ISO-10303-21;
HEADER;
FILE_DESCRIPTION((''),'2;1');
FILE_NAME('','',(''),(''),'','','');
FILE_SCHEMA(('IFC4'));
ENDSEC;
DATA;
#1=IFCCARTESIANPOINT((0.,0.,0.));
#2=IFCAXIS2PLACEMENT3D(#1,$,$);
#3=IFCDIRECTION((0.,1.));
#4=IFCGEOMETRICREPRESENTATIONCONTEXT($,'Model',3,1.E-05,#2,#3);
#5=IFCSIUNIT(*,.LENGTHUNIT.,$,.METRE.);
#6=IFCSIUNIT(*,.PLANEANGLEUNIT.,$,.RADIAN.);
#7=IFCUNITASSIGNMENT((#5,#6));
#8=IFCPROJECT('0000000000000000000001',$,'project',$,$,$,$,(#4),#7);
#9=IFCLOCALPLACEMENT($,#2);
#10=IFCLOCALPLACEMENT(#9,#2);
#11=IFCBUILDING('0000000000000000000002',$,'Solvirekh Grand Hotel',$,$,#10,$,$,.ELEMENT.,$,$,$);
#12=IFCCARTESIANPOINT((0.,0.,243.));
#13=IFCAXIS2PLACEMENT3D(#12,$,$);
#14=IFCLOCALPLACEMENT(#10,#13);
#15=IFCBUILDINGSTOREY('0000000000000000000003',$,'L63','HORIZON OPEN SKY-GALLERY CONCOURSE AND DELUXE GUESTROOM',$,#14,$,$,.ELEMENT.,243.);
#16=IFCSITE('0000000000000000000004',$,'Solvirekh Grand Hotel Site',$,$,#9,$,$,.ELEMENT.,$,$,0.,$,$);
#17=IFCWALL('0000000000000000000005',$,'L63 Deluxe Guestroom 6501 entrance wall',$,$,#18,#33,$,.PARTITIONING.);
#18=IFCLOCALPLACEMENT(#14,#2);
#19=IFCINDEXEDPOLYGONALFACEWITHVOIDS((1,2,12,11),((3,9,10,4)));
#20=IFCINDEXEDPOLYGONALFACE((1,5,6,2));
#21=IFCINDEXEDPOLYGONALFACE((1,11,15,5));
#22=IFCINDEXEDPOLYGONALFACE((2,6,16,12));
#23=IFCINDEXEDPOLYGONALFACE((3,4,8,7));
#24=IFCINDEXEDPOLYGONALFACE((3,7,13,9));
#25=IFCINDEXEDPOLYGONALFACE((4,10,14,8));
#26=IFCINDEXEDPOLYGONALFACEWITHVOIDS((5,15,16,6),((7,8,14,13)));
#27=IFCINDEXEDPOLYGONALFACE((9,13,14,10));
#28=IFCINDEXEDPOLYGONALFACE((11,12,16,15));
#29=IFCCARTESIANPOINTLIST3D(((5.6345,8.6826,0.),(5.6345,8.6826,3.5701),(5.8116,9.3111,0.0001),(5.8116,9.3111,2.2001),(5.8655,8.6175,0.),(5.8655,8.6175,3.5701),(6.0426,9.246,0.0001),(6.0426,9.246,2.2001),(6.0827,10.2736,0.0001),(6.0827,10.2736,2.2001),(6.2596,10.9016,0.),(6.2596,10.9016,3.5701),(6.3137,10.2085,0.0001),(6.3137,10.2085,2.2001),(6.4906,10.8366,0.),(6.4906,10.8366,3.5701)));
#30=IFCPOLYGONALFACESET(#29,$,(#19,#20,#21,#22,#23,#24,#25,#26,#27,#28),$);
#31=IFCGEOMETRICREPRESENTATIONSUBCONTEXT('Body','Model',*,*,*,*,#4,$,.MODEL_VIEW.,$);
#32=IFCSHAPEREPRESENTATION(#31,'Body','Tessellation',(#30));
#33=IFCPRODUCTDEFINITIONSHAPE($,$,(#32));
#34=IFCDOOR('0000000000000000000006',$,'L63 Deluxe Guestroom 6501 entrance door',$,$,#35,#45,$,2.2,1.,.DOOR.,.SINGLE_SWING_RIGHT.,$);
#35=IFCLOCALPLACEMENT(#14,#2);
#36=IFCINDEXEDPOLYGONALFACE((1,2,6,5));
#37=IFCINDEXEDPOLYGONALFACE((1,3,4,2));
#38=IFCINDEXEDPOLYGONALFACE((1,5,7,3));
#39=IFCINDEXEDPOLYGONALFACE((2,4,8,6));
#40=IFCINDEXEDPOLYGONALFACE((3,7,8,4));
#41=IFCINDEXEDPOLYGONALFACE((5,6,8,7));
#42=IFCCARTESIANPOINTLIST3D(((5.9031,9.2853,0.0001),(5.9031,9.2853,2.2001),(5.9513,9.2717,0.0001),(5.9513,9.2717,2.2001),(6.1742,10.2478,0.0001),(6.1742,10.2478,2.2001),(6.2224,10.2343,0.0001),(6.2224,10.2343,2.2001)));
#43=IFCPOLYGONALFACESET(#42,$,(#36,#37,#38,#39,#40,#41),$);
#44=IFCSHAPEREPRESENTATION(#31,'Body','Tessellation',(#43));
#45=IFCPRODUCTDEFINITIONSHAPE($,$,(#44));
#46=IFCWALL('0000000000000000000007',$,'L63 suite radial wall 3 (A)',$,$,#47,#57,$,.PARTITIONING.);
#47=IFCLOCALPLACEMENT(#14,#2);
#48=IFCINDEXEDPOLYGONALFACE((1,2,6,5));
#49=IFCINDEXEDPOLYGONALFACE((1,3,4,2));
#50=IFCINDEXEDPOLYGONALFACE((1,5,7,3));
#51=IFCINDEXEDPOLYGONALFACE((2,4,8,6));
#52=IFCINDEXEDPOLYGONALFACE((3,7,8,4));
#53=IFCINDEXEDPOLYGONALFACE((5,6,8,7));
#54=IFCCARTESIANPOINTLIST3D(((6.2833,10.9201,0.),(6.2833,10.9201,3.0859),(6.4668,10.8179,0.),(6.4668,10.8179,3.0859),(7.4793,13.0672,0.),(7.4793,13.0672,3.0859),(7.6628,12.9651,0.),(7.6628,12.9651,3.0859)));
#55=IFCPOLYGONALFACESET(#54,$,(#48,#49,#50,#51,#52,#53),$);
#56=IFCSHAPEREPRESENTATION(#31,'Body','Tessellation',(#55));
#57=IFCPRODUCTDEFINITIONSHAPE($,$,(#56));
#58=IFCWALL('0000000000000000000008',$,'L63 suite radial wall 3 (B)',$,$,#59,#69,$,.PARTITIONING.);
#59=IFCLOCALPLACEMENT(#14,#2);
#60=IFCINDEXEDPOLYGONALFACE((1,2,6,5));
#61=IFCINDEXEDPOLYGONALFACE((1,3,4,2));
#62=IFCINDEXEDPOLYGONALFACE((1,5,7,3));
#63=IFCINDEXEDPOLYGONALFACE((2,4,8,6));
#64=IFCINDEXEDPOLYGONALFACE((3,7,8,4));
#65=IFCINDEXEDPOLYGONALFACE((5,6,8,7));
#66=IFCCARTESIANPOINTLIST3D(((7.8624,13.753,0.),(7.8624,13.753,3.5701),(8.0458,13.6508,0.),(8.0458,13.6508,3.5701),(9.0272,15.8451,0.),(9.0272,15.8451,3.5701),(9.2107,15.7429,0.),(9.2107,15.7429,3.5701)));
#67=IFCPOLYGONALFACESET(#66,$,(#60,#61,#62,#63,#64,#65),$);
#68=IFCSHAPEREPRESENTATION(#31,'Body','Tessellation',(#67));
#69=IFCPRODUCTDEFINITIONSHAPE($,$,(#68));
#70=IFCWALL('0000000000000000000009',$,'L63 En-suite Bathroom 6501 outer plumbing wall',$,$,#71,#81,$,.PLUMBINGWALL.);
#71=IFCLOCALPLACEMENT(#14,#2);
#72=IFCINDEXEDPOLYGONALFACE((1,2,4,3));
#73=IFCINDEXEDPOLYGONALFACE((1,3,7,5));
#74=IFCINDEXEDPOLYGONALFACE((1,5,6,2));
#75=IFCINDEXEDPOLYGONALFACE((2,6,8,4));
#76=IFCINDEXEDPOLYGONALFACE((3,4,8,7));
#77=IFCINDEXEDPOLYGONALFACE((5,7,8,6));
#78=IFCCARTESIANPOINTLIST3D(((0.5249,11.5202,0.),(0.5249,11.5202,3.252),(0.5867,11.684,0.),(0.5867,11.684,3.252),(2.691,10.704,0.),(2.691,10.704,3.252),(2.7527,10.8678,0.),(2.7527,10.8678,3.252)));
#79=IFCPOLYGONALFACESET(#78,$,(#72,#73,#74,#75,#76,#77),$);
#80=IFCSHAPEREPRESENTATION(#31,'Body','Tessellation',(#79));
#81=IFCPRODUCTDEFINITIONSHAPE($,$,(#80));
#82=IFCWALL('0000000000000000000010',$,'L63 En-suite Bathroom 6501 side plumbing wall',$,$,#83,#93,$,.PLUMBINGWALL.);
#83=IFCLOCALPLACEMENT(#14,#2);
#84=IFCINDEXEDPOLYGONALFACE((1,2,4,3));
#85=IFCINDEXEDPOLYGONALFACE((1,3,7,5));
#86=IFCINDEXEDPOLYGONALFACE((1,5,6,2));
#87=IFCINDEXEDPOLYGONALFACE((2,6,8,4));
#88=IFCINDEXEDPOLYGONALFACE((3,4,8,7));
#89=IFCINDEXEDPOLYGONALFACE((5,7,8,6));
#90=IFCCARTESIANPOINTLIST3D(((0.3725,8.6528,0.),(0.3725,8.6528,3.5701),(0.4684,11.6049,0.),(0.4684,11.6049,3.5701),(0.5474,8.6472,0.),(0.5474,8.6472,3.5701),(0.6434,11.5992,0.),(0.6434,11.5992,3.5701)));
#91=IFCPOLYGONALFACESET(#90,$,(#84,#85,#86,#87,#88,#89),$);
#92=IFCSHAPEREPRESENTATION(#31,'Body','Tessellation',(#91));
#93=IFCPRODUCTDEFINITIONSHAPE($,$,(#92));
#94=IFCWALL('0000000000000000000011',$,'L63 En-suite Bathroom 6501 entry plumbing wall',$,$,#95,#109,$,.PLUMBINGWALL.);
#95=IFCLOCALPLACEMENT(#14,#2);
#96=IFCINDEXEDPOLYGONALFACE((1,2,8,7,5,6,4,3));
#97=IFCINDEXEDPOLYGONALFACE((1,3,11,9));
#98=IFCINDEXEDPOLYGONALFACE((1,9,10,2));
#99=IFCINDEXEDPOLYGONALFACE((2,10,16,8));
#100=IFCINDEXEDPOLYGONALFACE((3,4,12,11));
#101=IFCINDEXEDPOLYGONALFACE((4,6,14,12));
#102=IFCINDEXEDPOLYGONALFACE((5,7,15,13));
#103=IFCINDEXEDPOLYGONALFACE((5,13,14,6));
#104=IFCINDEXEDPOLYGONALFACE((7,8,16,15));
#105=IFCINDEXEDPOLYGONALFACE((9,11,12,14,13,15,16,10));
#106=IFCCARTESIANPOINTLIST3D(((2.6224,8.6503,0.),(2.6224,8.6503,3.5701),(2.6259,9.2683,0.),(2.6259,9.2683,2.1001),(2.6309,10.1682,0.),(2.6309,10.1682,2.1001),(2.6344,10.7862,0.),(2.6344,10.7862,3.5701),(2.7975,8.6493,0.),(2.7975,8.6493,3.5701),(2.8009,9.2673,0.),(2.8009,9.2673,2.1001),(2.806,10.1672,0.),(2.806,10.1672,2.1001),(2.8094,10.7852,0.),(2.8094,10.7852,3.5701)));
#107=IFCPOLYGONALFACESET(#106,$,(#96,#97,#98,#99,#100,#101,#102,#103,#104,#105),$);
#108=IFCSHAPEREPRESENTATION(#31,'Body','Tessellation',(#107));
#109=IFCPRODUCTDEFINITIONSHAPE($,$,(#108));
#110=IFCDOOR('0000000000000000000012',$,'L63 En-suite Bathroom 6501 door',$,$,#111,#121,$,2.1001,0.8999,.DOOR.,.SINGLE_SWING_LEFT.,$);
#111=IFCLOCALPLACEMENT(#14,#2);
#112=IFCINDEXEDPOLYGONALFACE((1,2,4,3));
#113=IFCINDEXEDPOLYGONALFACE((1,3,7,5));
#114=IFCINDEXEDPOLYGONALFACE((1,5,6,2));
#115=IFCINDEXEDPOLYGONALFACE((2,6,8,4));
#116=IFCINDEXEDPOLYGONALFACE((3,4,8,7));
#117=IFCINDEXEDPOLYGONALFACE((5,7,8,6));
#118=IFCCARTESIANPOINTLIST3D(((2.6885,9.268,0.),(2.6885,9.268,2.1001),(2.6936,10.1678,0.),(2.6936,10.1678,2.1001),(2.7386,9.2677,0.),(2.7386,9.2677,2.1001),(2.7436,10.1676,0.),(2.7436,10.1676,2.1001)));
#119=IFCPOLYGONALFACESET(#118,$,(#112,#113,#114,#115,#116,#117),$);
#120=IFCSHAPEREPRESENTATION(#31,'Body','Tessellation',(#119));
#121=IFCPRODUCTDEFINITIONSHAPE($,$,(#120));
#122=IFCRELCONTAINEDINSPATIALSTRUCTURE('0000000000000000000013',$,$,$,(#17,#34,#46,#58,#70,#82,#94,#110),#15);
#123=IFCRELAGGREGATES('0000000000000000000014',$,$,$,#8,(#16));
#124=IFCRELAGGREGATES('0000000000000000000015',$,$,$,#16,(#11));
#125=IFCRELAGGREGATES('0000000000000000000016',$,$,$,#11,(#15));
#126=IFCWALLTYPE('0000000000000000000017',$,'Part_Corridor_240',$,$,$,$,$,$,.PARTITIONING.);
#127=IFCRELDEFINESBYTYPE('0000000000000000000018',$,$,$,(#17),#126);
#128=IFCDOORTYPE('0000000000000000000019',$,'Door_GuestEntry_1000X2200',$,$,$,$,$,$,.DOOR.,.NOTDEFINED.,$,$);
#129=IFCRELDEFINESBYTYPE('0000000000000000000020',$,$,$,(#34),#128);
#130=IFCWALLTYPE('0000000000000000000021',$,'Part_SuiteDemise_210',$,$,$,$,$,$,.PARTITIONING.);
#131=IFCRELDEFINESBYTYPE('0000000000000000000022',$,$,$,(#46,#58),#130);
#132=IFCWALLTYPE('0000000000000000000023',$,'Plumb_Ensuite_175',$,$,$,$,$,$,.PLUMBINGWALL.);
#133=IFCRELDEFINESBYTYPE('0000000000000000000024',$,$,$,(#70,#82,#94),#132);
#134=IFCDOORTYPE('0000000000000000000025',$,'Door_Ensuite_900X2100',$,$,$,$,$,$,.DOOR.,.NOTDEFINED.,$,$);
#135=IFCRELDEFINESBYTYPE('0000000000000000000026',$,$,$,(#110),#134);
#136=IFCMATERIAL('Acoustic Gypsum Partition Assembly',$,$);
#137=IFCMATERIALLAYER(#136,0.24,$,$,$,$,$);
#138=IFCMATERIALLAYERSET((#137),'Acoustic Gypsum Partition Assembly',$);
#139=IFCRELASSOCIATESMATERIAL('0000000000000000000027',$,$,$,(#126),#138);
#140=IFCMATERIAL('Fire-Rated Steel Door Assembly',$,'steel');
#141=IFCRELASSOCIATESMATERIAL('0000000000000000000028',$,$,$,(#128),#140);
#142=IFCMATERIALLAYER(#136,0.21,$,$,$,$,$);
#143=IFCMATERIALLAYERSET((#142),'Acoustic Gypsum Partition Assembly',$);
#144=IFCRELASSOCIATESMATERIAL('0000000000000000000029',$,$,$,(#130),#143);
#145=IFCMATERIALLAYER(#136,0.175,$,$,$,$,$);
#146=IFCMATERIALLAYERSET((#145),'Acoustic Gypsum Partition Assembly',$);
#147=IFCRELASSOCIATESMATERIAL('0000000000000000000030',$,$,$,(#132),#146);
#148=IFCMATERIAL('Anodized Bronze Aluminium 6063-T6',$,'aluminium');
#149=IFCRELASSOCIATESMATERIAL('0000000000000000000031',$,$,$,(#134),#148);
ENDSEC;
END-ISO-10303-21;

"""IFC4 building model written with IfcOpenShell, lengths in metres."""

from ifc_helpers import new_model, si_unit, direction, frame, frame_2d, origin, place, context, subcontext, project, spatial, rectangle, extrude, material, layer, layer_set, type_object, element, fill, save


model = new_model("IFC4")

# Units and contexts
model_context = context("Model", 3, precision=1e-05, world=origin(), true_north=direction((0.0, 1.0)))
body_context = subcontext(model_context, "Body", "Model", "MODEL_VIEW")
ifc_project = project(units=[si_unit("LENGTHUNIT", "METRE"), si_unit("PLANEANGLEUNIT", "RADIAN")], contexts=[model_context])

# Site, building, storey
site_placement = place(None, origin())
site = spatial("IfcSite", under=ifc_project, at=site_placement, Name="Solvirekh Grand Hotel Site", CompositionType="ELEMENT", RefElevation=0.0)
building_placement = place(site_placement, origin())
building = spatial("IfcBuilding", under=site, at=building_placement, Name="Solvirekh Grand Hotel", CompositionType="ELEMENT")
storey_placement = place(building_placement, frame((0.0, 0.0, 243.0)))
storey = spatial("IfcBuildingStorey", under=building, at=storey_placement, Name="L63", Description="HORIZON OPEN SKY-GALLERY CONCOURSE AND DELUXE GUESTROOM", CompositionType="ELEMENT", Elevation=243.0)

# Shared definitions
ifc_material_1 = material(Name="Anodized Bronze Aluminium 6063-T6", Category="aluminium")

# Shared definitions
ifc_material_2 = material(Name="Acoustic Gypsum Partition Assembly")
ifc_layer_1 = layer(ifc_material_2, 0.24)
ifc_layer_set_1 = layer_set([ifc_layer_1], Name="Acoustic Gypsum Partition Assembly")
wall_type_1 = type_object("IfcWallType", Name="Part_Corridor_240", PredefinedType="PARTITIONING", material=ifc_layer_set_1)

# Wall, opening, door
wall_1_placement = place(storey_placement, frame((5.75, 8.6499, 0.0), z_axis=(0.0, 0.0, 1.0), x_axis=(0.271111, 0.962548, 0.0)))
wall_1 = element("IfcWall", 1, at=wall_1_placement, inside=storey, type_object=wall_type_1, Name="L63 Deluxe Guestroom 6501 entrance wall", PredefinedType="PARTITIONING", context=body_context, shape_type="SweptSolid", body=[
    extrude(rectangle(XDim=2.3054, YDim=0.24, at=frame_2d((1.1528, 0.0))), origin(), (0.0, 0.0, 1.0), 3.5701),
])
opening_1_placement = place(wall_1_placement, frame((0.6531, 0.0, 0.0)))
opening_1 = element("IfcOpeningElement", 2, at=opening_1_placement, cuts=wall_1, PredefinedType="OPENING", context=body_context, shape_type="SweptSolid", body=[
    extrude(rectangle(XDim=1.0, YDim=2.2, at=frame_2d((0.5, 1.1001))), frame((0.0, 0.1299, 0.0), z_axis=(0.0, -1.0, 0.0), x_axis=(1.0, 0.0, 0.0)), (0.0, 0.0, 1.0), 0.26),
])
ifc_material_3 = material(Name="Fire-Rated Steel Door Assembly", Category="steel")
door_type_1 = type_object("IfcDoorType", Name="Door_GuestEntry_1000X2200", OperationType="NOTDEFINED", PredefinedType="DOOR", material=ifc_material_3)
door_1_placement = place(opening_1_placement, origin())
door_1 = element("IfcDoor", 3, at=door_1_placement, inside=storey, type_object=door_type_1, Name="L63 Deluxe Guestroom 6501 entrance door", OperationType="SINGLE_SWING_RIGHT", OverallHeight=2.2, OverallWidth=1.0, PredefinedType="DOOR", context=body_context, shape_type="SweptSolid", body=[
    extrude(rectangle(XDim=1.0, YDim=2.2, at=frame_2d((0.5, 1.1001))), frame((0.0, 0.0249, 0.0), z_axis=(0.0, -1.0, 0.0), x_axis=(1.0, 0.0, 0.0)), (0.0, 0.0, 1.0), 0.05),
])
fill(opening_1, door_1)

# Walls
ifc_layer_2 = layer(ifc_material_2, 0.21)
ifc_layer_set_2 = layer_set([ifc_layer_2], Name="Acoustic Gypsum Partition Assembly")
wall_type_2 = type_object("IfcWallType", Name="Part_SuiteDemise_210", PredefinedType="PARTITIONING", material=ifc_layer_set_2)
wall_2_placement = place(storey_placement, frame((6.375, 10.8689, 0.0), z_axis=(0.0, 0.0, 1.0), x_axis=(0.486621, 0.873613, 0.0)))
element("IfcWall", 4, at=wall_2_placement, inside=storey, type_object=wall_type_2, Name="L63 suite radial wall 3 (A)", PredefinedType="PARTITIONING", context=body_context, shape_type="SweptSolid", body=[
    extrude(rectangle(XDim=2.4578, YDim=0.21, at=frame_2d((1.229, 0.0))), origin(), (0.0, 0.0, 1.0), 3.0859),
])
wall_3_placement = place(storey_placement, frame((7.9541, 13.7019, 0.0), z_axis=(0.0, 0.0, 1.0), x_axis=(0.486456, 0.873705, 0.0)))
element("IfcWall", 5, at=wall_3_placement, inside=storey, type_object=wall_type_2, Name="L63 suite radial wall 3 (B)", PredefinedType="PARTITIONING", context=body_context, shape_type="SweptSolid", body=[
    extrude(rectangle(XDim=2.3945, YDim=0.21, at=frame_2d((1.1973, 0.0))), origin(), (0.0, 0.0, 1.0), 3.5701),
])
ifc_layer_3 = layer(ifc_material_2, 0.175)
ifc_layer_set_3 = layer_set([ifc_layer_3], Name="Acoustic Gypsum Partition Assembly")
wall_type_3 = type_object("IfcWallType", Name="Plumb_Ensuite_175", PredefinedType="PLUMBINGWALL", material=ifc_layer_set_3)
wall_4_placement = place(storey_placement, frame((0.5559, 11.6021, 0.0), z_axis=(0.0, 0.0, 1.0), x_axis=(0.935773, -0.352603, 0.0)))
element("IfcWall", 6, at=wall_4_placement, inside=storey, type_object=wall_type_3, Name="L63 En-suite Bathroom 6501 outer plumbing wall", PredefinedType="PLUMBINGWALL", context=body_context, shape_type="SweptSolid", body=[
    extrude(rectangle(XDim=2.3147, YDim=0.175, at=frame_2d((1.1572, 0.0))), origin(), (0.0, 0.0, 1.0), 3.252),
])
wall_5_placement = place(storey_placement, frame((0.5559, 11.6021, 0.0), z_axis=(0.0, 0.0, 1.0), x_axis=(-0.032484, -0.999472, 0.0)))
element("IfcWall", 7, at=wall_5_placement, inside=storey, type_object=wall_type_3, Name="L63 En-suite Bathroom 6501 side plumbing wall", PredefinedType="PLUMBINGWALL", context=body_context, shape_type="SweptSolid", body=[
    extrude(rectangle(XDim=2.9536, YDim=0.175, at=frame_2d((1.4768, 0.0))), origin(), (0.0, 0.0, 1.0), 3.5701),
])

# Wall, opening, door
wall_6_placement = place(storey_placement, frame((2.71, 8.6499, 0.0), z_axis=(0.0, 0.0, 1.0), x_axis=(0.005601, 0.999984, 0.0)))
wall_6 = element("IfcWall", 8, at=wall_6_placement, inside=storey, type_object=wall_type_3, Name="L63 En-suite Bathroom 6501 entry plumbing wall", PredefinedType="PLUMBINGWALL", context=body_context, shape_type="SweptSolid", body=[
    extrude(rectangle(XDim=2.136, YDim=0.175, at=frame_2d((1.0679, 0.0))), origin(), (0.0, 0.0, 1.0), 3.5701),
])
opening_2_placement = place(wall_6_placement, frame((0.6179, 0.0, 0.0)))
opening_2 = element("IfcOpeningElement", 9, at=opening_2_placement, cuts=wall_6, PredefinedType="OPENING", context=body_context, shape_type="SweptSolid", body=[
    extrude(rectangle(XDim=0.8999, YDim=2.1001, at=frame_2d((0.45, 1.05))), frame((0.0, 0.0977, 0.0), z_axis=(0.0, -1.0, 0.0), x_axis=(1.0, 0.0, 0.0)), (0.0, 0.0, 1.0), 0.1951),
])
door_type_2 = type_object("IfcDoorType", Name="Door_Ensuite_900X2100", OperationType="NOTDEFINED", PredefinedType="DOOR", material=ifc_material_1)
door_2_placement = place(opening_2_placement, origin())
door_2 = element("IfcDoor", 10, at=door_2_placement, inside=storey, type_object=door_type_2, Name="L63 En-suite Bathroom 6501 door", OperationType="SINGLE_SWING_LEFT", OverallHeight=2.1001, OverallWidth=0.8999, PredefinedType="DOOR", context=body_context, shape_type="SweptSolid", body=[
    extrude(rectangle(XDim=0.8999, YDim=2.1001, at=frame_2d((0.45, 1.05))), frame((0.0, 0.0249, 0.0), z_axis=(0.0, -1.0, 0.0), x_axis=(1.0, 0.0, 0.0)), (0.0, 0.0, 1.0), 0.05),
])
fill(opening_2, door_2)

save(model, "model.ifc")
